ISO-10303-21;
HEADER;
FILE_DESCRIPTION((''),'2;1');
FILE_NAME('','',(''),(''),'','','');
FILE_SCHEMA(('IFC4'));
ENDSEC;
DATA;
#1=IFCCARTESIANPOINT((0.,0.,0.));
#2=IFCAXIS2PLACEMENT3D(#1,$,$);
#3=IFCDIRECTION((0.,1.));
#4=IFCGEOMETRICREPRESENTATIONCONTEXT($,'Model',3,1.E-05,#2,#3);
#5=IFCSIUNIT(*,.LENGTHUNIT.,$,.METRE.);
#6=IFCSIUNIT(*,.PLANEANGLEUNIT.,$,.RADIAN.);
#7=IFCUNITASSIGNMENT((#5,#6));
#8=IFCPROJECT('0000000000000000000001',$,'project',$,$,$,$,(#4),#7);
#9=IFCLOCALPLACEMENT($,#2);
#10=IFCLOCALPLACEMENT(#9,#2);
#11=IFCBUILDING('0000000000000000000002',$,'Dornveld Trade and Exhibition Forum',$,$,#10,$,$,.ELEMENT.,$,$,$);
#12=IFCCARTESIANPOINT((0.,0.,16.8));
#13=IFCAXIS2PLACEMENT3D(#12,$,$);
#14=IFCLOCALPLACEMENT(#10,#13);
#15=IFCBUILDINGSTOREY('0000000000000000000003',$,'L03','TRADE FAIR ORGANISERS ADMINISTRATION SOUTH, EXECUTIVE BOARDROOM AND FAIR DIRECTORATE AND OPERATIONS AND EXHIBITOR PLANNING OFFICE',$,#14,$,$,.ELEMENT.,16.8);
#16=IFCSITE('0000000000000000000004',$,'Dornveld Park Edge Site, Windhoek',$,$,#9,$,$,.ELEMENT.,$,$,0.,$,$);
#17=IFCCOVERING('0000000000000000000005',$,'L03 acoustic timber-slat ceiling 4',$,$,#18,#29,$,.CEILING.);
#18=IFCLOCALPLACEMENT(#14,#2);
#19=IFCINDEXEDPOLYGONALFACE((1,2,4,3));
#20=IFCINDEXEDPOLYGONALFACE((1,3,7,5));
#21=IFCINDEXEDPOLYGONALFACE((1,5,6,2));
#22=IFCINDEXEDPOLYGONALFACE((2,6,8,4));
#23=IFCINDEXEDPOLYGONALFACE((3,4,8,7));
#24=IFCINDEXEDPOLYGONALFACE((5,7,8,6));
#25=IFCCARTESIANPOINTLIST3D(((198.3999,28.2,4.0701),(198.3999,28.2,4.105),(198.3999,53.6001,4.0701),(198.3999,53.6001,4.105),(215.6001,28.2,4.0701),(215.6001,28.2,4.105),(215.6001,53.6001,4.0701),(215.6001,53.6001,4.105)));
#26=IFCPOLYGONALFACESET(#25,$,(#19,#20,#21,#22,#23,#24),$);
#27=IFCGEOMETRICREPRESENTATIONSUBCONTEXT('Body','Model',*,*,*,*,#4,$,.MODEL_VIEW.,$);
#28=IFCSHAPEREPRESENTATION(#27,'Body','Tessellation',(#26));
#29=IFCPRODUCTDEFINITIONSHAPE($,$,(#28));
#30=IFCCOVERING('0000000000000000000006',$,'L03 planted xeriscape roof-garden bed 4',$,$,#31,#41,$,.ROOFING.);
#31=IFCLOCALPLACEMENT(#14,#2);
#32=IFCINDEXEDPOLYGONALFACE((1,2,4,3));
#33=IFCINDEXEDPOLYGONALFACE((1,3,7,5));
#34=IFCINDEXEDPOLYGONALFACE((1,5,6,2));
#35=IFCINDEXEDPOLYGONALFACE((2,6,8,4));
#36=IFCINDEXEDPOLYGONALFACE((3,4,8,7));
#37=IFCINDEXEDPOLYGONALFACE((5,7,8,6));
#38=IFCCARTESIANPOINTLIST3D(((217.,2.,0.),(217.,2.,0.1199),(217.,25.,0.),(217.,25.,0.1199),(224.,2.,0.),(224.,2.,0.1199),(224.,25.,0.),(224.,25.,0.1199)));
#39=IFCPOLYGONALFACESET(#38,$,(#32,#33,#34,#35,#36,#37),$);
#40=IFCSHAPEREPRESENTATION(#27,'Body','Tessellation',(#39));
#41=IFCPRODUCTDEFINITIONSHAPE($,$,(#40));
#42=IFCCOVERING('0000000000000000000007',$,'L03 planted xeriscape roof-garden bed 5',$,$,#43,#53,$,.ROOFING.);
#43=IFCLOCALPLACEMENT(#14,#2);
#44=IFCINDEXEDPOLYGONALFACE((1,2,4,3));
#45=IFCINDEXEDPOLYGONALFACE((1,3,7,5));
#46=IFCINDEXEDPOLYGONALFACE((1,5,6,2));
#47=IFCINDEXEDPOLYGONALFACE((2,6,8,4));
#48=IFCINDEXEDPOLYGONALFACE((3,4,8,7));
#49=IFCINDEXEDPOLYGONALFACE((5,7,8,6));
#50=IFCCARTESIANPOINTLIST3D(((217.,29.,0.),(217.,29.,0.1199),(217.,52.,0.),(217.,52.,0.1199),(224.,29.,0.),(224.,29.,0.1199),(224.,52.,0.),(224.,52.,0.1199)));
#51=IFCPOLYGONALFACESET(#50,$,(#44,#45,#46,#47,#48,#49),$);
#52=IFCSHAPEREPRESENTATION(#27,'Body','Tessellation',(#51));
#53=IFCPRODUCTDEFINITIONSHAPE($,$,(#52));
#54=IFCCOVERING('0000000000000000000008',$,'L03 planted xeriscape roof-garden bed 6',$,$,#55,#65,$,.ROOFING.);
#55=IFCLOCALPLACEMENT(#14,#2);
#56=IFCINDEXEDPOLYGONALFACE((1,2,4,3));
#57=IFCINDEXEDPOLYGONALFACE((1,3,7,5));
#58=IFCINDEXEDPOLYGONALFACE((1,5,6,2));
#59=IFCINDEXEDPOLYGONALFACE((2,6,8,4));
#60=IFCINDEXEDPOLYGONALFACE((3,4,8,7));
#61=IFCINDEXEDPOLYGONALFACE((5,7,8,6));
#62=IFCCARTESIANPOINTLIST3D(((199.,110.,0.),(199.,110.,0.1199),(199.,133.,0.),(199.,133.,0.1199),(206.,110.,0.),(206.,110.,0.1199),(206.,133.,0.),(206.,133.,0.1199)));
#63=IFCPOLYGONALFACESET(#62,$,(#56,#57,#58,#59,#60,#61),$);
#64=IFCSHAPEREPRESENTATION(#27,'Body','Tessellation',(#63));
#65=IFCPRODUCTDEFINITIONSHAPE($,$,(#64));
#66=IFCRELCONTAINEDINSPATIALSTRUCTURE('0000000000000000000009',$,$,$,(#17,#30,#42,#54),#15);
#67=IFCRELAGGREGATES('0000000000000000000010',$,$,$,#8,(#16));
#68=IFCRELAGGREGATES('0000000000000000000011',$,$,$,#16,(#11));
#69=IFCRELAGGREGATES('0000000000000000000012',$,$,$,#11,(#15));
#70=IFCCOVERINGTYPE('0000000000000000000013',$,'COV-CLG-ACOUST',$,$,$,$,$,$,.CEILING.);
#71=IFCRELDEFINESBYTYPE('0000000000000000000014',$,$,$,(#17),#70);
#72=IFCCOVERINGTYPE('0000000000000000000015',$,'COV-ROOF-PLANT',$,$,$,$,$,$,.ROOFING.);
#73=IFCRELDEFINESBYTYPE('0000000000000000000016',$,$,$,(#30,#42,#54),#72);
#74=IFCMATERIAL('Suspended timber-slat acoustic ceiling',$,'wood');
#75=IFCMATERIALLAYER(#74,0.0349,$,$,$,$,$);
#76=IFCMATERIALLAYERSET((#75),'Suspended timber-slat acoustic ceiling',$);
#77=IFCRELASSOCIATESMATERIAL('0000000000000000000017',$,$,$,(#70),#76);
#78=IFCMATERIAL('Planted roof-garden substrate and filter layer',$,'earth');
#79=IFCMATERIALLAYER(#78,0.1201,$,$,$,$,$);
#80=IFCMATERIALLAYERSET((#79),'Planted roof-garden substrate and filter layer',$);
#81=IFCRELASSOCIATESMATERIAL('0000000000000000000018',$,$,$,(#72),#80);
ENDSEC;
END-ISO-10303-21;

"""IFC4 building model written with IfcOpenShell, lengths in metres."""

from ifc_helpers import new_model, si_unit, direction, frame, origin, place, context, subcontext, project, spatial, polyline, outline, extrude, material, layer, layer_set, type_object, element, save


model = new_model("IFC4")

# Units and contexts
model_context = context("Model", 3, precision=1e-05, world=origin(), true_north=direction((0.0, 1.0)))
body_context = subcontext(model_context, "Body", "Model", "MODEL_VIEW")
ifc_project = project(units=[si_unit("LENGTHUNIT", "METRE"), si_unit("PLANEANGLEUNIT", "RADIAN")], contexts=[model_context])

# Site, building, storey
site_placement = place(None, origin())
site = spatial("IfcSite", under=ifc_project, at=site_placement, Name="Dornveld Park Edge Site, Windhoek", CompositionType="ELEMENT", RefElevation=0.0)
building_placement = place(site_placement, origin())
building = spatial("IfcBuilding", under=site, at=building_placement, Name="Dornveld Trade and Exhibition Forum", CompositionType="ELEMENT")
storey_placement = place(building_placement, frame((0.0, 0.0, 16.8)))
storey = spatial("IfcBuildingStorey", under=building, at=storey_placement, Name="L03", Description="TRADE FAIR ORGANISERS ADMINISTRATION SOUTH, EXECUTIVE BOARDROOM AND FAIR DIRECTORATE AND OPERATIONS AND EXHIBITOR PLANNING OFFICE", CompositionType="ELEMENT", Elevation=16.8)

# Coverings
ifc_material_1 = material(Name="Suspended timber-slat acoustic ceiling", Category="wood")
ifc_layer_1 = layer(ifc_material_1, 0.0349)
ifc_layer_set_1 = layer_set([ifc_layer_1], Name="Suspended timber-slat acoustic ceiling")
covering_type_1 = type_object("IfcCoveringType", Name="COV-CLG-ACOUST", PredefinedType="CEILING", material=ifc_layer_set_1)
covering_1_placement = place(storey_placement, frame((0.0, 0.0, 4.0701)))
element("IfcCovering", 1, at=covering_1_placement, inside=storey, type_object=covering_type_1, Name="L03 acoustic timber-slat ceiling 4", PredefinedType="CEILING", context=body_context, shape_type="SweptSolid", body=[
    extrude(outline(polyline([(198.3999, 28.2), (215.6001, 28.2), (215.6001, 53.6001), (198.3999, 53.6001), (198.3999, 28.2)])), origin(), (0.0, 0.0, 1.0), 0.0349),
])
ifc_material_2 = material(Name="Planted roof-garden substrate and filter layer", Category="earth")
ifc_layer_2 = layer(ifc_material_2, 0.1201)
ifc_layer_set_2 = layer_set([ifc_layer_2], Name="Planted roof-garden substrate and filter layer")
covering_type_2 = type_object("IfcCoveringType", Name="COV-ROOF-PLANT", PredefinedType="ROOFING", material=ifc_layer_set_2)
covering_2_placement = place(storey_placement, origin())
element("IfcCovering", 2, at=covering_2_placement, inside=storey, type_object=covering_type_2, Name="L03 planted xeriscape roof-garden bed 4", PredefinedType="ROOFING", context=body_context, shape_type="SweptSolid", body=[
    extrude(outline(polyline([(217.0, 2.0), (224.0, 2.0), (224.0, 25.0), (217.0, 25.0), (217.0, 2.0)])), origin(), (0.0, 0.0, 1.0), 0.1199),
])
covering_3_placement = place(storey_placement, origin())
element("IfcCovering", 3, at=covering_3_placement, inside=storey, type_object=covering_type_2, Name="L03 planted xeriscape roof-garden bed 5", PredefinedType="ROOFING", context=body_context, shape_type="SweptSolid", body=[
    extrude(outline(polyline([(217.0, 29.0), (224.0, 29.0), (224.0, 52.0), (217.0, 52.0), (217.0, 29.0)])), origin(), (0.0, 0.0, 1.0), 0.1199),
])
covering_4_placement = place(storey_placement, origin())
element("IfcCovering", 4, at=covering_4_placement, inside=storey, type_object=covering_type_2, Name="L03 planted xeriscape roof-garden bed 6", PredefinedType="ROOFING", context=body_context, shape_type="SweptSolid", body=[
    extrude(outline(polyline([(199.0, 110.0), (206.0, 110.0), (206.0, 133.0), (199.0, 133.0), (199.0, 110.0)])), origin(), (0.0, 0.0, 1.0), 0.1199),
])

save(model, "model.ifc")
